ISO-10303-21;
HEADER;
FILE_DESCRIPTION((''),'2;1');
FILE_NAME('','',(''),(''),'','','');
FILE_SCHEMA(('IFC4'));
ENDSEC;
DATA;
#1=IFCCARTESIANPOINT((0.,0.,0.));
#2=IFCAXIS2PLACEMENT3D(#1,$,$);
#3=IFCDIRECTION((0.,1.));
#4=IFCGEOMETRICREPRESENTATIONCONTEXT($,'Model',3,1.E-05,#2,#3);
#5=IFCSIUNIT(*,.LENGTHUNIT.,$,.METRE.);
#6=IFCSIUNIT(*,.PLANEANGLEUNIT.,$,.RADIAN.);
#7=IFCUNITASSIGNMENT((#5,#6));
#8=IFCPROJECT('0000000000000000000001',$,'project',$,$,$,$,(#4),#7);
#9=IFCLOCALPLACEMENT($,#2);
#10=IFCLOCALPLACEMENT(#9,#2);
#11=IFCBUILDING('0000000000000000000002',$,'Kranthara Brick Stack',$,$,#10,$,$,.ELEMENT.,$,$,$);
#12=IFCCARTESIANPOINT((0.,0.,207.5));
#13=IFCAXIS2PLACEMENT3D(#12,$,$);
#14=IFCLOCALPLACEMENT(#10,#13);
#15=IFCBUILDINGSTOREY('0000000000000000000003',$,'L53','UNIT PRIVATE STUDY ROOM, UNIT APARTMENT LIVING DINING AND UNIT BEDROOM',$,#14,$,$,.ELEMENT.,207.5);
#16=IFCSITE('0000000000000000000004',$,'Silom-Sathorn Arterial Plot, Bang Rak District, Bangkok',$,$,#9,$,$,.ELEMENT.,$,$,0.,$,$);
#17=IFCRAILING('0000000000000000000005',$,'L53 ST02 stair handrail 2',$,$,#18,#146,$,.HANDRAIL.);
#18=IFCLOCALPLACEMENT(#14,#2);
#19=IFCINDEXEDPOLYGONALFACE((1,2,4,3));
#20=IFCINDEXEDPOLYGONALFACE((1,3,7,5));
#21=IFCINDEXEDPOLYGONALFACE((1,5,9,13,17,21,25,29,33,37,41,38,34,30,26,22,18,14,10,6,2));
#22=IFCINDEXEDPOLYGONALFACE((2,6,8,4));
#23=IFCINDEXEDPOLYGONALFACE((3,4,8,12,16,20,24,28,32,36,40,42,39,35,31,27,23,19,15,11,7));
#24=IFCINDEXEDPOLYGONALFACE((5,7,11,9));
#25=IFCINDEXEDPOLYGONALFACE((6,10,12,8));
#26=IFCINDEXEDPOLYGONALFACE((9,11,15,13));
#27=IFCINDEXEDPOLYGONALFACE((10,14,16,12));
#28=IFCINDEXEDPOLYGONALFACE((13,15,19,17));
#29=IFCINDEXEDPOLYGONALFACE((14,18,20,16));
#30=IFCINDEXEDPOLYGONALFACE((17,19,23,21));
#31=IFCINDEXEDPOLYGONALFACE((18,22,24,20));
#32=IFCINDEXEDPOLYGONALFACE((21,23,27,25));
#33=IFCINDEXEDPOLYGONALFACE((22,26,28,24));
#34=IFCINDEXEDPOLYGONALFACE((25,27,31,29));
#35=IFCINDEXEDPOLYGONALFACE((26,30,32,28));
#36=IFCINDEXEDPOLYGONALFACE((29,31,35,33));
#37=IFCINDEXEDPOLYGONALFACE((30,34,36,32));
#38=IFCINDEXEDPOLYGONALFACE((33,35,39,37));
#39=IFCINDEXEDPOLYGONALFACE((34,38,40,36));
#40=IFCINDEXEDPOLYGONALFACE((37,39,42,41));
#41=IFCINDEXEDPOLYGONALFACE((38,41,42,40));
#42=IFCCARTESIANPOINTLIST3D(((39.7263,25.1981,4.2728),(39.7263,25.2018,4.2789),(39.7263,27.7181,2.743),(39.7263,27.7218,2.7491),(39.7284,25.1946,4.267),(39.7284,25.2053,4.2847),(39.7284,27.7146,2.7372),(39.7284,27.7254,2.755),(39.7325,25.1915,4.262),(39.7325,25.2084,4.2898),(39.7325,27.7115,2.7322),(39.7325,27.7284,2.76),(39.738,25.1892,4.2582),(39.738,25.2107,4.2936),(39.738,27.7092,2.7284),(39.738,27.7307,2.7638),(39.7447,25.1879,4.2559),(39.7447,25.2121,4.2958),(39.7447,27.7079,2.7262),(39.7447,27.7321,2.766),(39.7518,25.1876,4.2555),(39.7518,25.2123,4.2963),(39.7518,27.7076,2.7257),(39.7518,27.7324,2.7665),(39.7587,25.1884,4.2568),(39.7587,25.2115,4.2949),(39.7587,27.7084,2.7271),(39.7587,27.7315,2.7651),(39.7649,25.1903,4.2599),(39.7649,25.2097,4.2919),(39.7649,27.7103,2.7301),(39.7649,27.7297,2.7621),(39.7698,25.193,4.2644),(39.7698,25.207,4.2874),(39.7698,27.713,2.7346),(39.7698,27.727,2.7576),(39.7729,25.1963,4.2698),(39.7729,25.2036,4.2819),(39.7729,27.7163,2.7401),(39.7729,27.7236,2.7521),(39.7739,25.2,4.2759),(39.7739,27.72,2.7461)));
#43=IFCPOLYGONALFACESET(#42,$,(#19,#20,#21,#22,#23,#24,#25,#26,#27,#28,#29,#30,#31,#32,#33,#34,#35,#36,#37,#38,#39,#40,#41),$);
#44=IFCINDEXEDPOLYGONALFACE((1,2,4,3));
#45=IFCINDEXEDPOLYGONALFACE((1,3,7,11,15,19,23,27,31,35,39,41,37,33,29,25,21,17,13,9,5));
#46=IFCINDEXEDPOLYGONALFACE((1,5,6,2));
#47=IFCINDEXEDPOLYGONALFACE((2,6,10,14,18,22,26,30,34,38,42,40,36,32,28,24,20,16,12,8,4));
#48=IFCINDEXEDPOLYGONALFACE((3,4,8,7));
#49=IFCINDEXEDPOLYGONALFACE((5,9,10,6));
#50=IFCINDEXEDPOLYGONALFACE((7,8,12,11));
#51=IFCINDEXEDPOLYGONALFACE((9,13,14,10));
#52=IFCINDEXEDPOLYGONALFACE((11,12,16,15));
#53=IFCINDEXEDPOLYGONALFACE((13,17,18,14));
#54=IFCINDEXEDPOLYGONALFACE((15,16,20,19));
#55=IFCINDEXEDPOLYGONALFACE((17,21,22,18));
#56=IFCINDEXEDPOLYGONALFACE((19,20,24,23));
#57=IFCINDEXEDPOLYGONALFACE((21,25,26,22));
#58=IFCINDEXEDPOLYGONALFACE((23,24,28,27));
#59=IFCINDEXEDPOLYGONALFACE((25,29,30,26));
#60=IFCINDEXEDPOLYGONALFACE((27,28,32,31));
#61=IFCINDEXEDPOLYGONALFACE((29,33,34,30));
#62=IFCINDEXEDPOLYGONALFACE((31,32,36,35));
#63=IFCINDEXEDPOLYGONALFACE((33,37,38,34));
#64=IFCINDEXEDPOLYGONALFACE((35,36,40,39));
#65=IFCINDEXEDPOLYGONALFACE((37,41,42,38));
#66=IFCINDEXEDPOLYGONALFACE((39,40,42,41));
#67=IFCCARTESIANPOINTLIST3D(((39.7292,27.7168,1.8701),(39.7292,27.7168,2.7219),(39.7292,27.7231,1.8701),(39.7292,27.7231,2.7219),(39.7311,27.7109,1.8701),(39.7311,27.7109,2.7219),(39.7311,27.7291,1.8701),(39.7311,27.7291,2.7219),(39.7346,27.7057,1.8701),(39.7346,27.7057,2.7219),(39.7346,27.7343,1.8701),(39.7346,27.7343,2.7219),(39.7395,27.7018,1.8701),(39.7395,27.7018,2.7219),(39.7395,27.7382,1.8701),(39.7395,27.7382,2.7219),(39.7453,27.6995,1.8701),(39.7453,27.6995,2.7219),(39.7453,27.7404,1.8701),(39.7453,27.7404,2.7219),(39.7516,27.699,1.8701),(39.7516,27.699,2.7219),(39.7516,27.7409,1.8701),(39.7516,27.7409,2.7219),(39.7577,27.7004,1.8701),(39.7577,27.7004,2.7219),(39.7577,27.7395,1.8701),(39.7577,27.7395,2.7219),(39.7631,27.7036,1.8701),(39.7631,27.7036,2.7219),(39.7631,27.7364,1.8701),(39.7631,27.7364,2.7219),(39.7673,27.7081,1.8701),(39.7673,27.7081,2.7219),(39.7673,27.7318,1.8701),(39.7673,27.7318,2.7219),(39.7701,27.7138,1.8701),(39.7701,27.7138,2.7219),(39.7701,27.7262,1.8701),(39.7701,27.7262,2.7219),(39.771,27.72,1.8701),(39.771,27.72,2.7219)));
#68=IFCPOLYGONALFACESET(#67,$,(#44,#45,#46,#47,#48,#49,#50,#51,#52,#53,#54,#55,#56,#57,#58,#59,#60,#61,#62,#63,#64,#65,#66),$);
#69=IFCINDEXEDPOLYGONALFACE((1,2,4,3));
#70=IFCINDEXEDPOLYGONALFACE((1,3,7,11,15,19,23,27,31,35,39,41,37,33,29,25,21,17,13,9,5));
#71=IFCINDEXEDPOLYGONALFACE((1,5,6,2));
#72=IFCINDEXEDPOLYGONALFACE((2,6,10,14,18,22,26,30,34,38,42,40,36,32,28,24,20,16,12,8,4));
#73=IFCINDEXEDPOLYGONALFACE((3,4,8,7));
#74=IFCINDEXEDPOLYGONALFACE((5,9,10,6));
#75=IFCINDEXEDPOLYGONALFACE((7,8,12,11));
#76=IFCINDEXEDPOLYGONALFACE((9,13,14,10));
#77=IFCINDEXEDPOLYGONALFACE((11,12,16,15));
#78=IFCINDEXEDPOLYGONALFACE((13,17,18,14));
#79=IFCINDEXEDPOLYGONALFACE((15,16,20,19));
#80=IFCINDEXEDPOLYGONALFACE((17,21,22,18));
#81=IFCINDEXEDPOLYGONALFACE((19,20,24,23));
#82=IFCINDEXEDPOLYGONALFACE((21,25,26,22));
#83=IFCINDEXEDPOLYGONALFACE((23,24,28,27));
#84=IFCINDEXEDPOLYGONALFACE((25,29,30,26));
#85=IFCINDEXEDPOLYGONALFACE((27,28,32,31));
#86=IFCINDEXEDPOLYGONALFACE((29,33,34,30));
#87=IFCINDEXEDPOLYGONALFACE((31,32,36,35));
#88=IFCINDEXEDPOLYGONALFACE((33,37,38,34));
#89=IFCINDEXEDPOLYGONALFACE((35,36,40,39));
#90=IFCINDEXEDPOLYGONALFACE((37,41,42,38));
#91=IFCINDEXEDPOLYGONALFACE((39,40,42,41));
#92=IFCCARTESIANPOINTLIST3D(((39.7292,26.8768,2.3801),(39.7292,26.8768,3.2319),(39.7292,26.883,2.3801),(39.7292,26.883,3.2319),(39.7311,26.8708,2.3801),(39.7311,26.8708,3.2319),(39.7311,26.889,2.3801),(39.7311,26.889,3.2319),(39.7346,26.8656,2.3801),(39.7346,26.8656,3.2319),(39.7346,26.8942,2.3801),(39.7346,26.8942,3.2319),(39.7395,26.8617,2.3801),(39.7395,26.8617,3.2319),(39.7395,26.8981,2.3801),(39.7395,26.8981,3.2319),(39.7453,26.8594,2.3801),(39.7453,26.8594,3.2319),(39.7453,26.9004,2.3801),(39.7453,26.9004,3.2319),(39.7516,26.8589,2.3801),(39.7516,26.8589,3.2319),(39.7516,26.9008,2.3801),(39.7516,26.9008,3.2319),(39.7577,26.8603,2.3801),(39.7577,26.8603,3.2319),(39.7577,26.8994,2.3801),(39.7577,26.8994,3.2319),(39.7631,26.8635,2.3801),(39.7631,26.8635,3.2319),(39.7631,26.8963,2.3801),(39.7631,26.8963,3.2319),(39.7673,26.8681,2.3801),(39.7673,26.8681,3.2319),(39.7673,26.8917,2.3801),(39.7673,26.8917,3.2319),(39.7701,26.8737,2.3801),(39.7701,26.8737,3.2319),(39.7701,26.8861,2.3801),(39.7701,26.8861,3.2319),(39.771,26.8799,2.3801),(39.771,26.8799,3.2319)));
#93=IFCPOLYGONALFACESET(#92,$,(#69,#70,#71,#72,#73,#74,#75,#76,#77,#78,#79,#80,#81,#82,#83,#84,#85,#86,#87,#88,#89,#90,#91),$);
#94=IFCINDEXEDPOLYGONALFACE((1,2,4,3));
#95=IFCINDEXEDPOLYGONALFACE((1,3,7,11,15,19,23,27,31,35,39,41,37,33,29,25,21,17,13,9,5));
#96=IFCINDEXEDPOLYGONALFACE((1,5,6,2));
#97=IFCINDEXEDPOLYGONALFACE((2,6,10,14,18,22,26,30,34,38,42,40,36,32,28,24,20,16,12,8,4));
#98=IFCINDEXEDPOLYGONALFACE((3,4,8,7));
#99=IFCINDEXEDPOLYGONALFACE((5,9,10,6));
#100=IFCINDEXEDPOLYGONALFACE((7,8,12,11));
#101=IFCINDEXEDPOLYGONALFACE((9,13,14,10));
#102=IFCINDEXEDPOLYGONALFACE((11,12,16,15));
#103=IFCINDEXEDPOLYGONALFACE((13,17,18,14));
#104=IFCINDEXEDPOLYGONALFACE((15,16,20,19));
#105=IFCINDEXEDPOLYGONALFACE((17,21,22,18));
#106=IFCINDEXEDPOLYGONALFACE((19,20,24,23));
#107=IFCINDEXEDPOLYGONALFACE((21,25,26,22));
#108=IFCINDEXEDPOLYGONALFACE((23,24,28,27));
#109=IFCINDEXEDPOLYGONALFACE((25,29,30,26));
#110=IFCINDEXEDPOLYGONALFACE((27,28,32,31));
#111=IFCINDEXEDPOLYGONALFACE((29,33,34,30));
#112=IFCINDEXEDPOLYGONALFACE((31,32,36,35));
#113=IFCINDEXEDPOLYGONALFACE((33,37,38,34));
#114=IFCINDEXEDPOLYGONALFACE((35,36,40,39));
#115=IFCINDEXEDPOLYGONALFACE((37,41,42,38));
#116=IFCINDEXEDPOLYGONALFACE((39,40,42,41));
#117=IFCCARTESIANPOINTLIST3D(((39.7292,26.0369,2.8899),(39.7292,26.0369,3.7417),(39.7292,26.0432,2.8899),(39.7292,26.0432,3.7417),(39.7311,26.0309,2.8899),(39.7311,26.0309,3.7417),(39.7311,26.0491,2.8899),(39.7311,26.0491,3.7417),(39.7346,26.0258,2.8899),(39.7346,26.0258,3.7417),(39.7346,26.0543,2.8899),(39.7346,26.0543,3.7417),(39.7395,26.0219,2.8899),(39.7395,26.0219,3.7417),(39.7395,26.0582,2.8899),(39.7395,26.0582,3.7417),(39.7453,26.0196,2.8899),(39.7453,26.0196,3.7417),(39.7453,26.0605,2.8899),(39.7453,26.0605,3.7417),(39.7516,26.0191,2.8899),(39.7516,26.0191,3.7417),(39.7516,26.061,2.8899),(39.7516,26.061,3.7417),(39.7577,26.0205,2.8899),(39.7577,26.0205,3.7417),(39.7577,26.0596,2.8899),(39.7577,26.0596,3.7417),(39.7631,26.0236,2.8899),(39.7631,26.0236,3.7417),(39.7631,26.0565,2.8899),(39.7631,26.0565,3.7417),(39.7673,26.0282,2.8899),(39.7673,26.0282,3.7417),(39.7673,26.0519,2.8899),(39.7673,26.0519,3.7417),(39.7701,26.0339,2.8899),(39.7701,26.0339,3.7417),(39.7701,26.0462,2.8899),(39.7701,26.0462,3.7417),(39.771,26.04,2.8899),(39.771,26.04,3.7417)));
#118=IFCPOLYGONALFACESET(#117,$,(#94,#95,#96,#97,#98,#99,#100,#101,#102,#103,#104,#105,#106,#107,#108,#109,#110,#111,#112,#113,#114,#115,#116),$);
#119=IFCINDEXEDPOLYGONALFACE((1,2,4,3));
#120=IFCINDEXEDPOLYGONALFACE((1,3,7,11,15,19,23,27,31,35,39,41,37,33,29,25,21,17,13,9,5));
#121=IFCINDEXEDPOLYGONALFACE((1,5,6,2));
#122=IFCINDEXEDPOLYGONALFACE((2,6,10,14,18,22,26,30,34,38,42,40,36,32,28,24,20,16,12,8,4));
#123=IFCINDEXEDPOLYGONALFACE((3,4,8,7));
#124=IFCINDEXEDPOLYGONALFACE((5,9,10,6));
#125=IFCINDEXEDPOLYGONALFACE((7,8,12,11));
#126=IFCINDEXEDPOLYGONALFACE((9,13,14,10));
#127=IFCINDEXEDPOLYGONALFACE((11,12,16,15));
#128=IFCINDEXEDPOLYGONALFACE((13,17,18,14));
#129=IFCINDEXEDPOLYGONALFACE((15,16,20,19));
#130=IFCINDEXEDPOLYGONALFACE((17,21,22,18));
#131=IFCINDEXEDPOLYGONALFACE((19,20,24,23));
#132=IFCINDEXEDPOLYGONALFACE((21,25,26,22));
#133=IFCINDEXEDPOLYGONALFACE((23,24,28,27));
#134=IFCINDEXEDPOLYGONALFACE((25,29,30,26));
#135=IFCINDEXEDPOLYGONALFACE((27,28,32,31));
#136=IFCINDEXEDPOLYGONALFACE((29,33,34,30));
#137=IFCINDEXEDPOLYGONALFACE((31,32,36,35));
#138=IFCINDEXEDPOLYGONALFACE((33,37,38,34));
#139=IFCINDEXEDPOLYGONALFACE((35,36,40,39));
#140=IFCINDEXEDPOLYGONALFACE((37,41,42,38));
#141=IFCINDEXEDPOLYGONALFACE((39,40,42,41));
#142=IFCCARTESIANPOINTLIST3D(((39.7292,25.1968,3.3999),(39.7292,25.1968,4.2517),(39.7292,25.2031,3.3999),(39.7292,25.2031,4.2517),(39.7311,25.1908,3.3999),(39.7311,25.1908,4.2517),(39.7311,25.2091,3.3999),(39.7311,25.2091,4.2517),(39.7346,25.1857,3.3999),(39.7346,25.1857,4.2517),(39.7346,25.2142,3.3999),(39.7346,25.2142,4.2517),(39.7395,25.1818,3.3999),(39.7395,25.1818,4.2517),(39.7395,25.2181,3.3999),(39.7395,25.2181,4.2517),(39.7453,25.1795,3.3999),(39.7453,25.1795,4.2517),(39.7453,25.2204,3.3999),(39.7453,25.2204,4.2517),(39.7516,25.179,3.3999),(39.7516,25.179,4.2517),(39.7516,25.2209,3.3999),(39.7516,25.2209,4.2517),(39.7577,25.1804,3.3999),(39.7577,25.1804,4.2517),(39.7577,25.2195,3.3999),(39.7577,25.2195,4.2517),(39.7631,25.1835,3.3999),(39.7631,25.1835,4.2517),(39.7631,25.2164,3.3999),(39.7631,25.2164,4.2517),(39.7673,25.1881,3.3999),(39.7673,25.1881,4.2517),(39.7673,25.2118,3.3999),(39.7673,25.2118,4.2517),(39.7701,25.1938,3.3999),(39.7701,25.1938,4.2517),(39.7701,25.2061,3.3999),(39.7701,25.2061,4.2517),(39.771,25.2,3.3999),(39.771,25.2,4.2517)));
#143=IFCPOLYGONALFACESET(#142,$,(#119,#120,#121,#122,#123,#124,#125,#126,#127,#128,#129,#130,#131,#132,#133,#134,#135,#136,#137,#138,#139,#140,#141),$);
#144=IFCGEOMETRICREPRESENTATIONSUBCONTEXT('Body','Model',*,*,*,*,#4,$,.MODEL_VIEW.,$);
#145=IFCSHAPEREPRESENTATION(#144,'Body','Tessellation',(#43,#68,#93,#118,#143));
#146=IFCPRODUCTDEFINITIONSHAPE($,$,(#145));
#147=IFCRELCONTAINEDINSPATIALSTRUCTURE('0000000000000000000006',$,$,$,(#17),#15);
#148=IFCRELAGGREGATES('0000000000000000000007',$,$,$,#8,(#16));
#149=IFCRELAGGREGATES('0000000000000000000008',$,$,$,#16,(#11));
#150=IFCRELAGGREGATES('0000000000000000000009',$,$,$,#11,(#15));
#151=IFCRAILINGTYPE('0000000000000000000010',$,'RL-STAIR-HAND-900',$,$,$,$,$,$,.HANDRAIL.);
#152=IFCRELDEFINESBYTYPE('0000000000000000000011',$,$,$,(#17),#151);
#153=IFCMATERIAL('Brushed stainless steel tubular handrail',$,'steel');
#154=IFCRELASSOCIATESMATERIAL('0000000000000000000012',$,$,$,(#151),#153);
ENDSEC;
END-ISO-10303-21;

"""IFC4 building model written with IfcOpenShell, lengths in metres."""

from ifc_helpers import new_model, si_unit, direction, frame, origin, origin_2d, place, context, subcontext, project, spatial, circle, extrude, material, type_object, element, save


model = new_model("IFC4")

# Units and contexts
model_context = context("Model", 3, precision=1e-05, world=origin(), true_north=direction((0.0, 1.0)))
body_context = subcontext(model_context, "Body", "Model", "MODEL_VIEW")
ifc_project = project(units=[si_unit("LENGTHUNIT", "METRE"), si_unit("PLANEANGLEUNIT", "RADIAN")], contexts=[model_context])

# Site, building, storey
site_placement = place(None, origin())
site = spatial("IfcSite", under=ifc_project, at=site_placement, Name="Silom-Sathorn Arterial Plot, Bang Rak District, Bangkok", CompositionType="ELEMENT", RefElevation=0.0)
building_placement = place(site_placement, origin())
building = spatial("IfcBuilding", under=site, at=building_placement, Name="Kranthara Brick Stack", CompositionType="ELEMENT")
storey_placement = place(building_placement, frame((0.0, 0.0, 207.5)))
storey = spatial("IfcBuildingStorey", under=building, at=storey_placement, Name="L53", Description="UNIT PRIVATE STUDY ROOM, UNIT APARTMENT LIVING DINING AND UNIT BEDROOM", CompositionType="ELEMENT", Elevation=207.5)

# Railing
ifc_material_1 = material(Name="Brushed stainless steel tubular handrail", Category="steel")
railing_type_1 = type_object("IfcRailingType", Name="RL-STAIR-HAND-900", PredefinedType="HANDRAIL", material=ifc_material_1)
railing_1_placement = place(storey_placement, frame((39.75, 27.72, 1.8701)))
element("IfcRailing", 1, at=railing_1_placement, inside=storey, type_object=railing_type_1, Name="L53 ST02 stair handrail 2", PredefinedType="HANDRAIL", context=body_context, shape_type="SweptSolid", body=[
    extrude(circle(Radius=0.0239, at=origin_2d()), frame((0.0, 0.0, 0.876), z_axis=(0.0, -0.854822, 0.518922), x_axis=(1.0, 0.0, 0.0)), (0.0, 0.0, 1.0), 2.948),
    extrude(circle(Radius=0.021, at=origin_2d()), origin(), (0.0, 0.0, 1.0), 0.8518),
    extrude(circle(Radius=0.021, at=origin_2d()), frame((0.0, -0.8401, 0.51)), (0.0, 0.0, 1.0), 0.8518),
    extrude(circle(Radius=0.021, at=origin_2d()), frame((0.0, -1.6799, 1.0198)), (0.0, 0.0, 1.0), 0.8518),
    extrude(circle(Radius=0.021, at=origin_2d()), frame((0.0, -2.52, 1.5298)), (0.0, 0.0, 1.0), 0.8518),
])

save(model, "model.ifc")
